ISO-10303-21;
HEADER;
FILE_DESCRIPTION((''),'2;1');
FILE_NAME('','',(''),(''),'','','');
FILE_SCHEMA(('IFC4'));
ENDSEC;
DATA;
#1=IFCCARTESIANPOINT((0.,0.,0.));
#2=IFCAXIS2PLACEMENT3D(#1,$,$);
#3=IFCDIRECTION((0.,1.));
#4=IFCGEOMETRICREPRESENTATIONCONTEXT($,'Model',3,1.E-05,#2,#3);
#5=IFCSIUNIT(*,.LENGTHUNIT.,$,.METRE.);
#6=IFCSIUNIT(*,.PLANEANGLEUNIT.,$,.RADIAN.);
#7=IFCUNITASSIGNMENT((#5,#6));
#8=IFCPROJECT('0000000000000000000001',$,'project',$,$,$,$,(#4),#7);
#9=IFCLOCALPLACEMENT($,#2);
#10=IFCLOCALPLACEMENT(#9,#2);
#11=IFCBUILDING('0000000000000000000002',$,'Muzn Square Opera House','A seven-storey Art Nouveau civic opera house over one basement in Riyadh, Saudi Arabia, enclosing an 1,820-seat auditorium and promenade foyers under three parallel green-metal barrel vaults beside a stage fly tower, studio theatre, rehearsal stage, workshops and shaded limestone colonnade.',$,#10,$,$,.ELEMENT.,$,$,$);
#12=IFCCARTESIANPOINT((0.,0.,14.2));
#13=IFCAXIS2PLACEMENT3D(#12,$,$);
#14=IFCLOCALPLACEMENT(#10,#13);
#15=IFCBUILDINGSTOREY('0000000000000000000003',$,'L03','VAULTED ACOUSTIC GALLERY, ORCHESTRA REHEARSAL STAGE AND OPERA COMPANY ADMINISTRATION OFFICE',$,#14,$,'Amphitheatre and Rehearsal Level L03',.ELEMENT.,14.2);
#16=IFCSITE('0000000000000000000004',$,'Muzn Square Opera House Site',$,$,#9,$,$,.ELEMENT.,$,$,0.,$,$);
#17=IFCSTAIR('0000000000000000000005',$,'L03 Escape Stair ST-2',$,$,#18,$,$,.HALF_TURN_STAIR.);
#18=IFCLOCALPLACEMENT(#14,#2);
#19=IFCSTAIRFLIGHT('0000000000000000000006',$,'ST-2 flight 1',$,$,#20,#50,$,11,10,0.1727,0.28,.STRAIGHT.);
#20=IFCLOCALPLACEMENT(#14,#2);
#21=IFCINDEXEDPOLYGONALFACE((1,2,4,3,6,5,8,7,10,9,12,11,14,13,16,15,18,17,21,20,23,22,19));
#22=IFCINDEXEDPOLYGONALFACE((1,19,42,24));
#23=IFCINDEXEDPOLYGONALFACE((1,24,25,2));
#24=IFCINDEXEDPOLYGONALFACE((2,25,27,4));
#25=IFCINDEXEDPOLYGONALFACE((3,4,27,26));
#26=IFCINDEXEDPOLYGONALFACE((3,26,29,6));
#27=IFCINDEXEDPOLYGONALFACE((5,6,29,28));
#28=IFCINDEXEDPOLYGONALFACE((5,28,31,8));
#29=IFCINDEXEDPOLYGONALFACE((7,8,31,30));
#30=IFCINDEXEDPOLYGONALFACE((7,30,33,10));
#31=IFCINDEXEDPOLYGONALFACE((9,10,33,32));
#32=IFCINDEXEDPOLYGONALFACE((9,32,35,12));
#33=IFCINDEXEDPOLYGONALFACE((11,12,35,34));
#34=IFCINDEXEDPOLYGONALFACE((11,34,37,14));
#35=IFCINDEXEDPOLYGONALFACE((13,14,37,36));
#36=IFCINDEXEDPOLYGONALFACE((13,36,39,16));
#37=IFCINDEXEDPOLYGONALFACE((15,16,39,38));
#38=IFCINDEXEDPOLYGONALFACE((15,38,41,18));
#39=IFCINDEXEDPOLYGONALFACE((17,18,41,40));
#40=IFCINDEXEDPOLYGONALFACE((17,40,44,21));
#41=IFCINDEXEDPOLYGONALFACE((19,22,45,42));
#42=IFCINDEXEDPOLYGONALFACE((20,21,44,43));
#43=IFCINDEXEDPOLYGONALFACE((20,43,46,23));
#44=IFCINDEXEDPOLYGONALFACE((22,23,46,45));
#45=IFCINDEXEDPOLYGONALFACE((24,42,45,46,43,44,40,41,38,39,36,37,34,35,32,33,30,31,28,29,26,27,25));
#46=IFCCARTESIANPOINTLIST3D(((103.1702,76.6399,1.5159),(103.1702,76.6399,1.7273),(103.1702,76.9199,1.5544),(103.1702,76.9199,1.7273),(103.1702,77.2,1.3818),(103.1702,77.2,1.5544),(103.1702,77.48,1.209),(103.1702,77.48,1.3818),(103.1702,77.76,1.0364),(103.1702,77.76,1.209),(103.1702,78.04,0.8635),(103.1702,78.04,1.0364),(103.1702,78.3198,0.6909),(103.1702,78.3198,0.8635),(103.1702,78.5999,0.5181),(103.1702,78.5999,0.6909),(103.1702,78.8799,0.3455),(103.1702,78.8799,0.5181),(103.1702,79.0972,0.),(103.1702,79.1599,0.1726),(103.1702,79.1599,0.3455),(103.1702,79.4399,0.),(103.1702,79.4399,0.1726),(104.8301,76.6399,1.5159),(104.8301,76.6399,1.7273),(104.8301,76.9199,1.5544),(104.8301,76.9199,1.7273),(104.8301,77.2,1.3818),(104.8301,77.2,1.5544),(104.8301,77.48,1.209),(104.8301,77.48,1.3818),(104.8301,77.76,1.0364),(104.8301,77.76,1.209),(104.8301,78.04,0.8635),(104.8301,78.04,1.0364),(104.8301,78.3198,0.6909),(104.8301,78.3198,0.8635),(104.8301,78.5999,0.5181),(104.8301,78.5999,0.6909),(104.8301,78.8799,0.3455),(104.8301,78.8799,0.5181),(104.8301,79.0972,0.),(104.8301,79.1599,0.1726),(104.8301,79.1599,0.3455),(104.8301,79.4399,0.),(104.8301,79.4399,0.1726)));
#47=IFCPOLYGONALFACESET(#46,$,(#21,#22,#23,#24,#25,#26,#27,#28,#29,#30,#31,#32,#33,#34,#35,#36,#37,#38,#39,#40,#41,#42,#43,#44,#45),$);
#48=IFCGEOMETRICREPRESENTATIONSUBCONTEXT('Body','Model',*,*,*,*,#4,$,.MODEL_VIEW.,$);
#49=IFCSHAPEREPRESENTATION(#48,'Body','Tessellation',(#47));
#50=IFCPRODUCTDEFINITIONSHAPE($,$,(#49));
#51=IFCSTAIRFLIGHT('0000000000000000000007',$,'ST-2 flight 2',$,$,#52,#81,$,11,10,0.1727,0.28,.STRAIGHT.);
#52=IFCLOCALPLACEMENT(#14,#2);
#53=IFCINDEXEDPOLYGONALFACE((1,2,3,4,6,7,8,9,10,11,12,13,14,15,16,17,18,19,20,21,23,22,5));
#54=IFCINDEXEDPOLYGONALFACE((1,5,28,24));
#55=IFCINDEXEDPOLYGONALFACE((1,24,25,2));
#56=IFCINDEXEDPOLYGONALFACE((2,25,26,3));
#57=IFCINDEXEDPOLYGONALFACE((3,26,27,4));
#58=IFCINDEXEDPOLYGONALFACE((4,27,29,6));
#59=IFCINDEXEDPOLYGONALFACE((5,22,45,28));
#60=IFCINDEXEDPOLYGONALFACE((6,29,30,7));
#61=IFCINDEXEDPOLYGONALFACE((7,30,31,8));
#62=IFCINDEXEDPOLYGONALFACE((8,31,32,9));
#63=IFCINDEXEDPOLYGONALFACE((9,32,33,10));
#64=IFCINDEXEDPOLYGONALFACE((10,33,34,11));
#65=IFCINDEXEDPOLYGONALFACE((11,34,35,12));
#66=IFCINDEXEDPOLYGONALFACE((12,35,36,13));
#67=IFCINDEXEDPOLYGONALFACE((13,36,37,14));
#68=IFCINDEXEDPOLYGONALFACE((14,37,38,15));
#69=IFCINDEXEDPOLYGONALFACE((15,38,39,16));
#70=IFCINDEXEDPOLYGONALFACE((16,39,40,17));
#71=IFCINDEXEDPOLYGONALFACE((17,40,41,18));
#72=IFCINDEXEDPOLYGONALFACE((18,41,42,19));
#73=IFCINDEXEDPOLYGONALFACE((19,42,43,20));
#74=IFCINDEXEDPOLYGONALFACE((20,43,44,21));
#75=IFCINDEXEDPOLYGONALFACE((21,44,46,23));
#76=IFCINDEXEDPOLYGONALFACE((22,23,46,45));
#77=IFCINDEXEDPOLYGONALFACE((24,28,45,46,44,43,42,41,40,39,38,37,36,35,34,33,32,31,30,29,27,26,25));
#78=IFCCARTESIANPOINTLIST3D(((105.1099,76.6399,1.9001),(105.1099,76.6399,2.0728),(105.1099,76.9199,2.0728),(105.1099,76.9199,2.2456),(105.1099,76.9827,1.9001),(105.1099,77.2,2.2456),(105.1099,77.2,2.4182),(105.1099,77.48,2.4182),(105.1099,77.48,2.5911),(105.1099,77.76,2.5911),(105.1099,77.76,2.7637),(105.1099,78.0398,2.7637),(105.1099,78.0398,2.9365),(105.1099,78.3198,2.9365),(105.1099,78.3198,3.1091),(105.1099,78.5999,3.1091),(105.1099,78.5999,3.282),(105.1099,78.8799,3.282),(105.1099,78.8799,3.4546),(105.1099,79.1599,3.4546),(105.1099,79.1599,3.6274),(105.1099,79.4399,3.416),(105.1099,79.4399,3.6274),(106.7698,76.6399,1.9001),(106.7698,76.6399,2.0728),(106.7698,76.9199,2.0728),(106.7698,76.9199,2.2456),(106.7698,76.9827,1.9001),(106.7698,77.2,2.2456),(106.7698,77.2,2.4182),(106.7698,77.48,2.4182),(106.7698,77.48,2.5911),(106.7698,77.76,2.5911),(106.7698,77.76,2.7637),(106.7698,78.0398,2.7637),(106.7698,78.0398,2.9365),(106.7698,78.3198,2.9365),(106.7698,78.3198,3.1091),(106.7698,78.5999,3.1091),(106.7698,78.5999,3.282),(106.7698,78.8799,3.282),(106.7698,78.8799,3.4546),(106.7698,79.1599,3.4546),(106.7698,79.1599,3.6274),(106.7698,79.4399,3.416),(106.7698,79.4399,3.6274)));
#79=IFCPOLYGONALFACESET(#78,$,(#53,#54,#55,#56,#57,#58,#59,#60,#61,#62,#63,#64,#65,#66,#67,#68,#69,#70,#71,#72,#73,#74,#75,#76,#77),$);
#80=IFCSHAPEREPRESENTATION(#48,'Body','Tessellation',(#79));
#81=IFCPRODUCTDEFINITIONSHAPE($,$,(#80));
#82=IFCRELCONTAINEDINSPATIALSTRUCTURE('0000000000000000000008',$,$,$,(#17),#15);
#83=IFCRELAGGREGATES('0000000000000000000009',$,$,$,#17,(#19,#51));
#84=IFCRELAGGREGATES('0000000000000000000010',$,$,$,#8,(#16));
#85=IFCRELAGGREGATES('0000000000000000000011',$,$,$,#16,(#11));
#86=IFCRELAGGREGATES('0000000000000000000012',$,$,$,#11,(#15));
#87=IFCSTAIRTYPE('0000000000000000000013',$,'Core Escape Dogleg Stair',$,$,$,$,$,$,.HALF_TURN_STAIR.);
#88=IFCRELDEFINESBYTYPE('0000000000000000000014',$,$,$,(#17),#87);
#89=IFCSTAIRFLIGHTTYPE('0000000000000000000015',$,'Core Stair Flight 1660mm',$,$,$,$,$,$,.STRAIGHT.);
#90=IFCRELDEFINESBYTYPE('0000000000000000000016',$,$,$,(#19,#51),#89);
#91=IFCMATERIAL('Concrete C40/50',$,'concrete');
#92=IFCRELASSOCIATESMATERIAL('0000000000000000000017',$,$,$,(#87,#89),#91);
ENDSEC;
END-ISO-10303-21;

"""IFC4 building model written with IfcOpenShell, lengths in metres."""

from ifc_helpers import new_model, si_unit, direction, frame, origin, place, context, subcontext, project, spatial, polyline, outline, extrude, material, type_object, element, aggregate, save


model = new_model("IFC4")

# Units and contexts
model_context = context("Model", 3, precision=1e-05, world=origin(), true_north=direction((0.0, 1.0)))
body_context = subcontext(model_context, "Body", "Model", "MODEL_VIEW")
ifc_project = project(units=[si_unit("LENGTHUNIT", "METRE"), si_unit("PLANEANGLEUNIT", "RADIAN")], contexts=[model_context])

# Site, building, storey
site_placement = place(None, origin())
site = spatial("IfcSite", under=ifc_project, at=site_placement, Name="Muzn Square Opera House Site", CompositionType="ELEMENT", RefElevation=0.0)
building_placement = place(site_placement, origin())
building = spatial("IfcBuilding", under=site, at=building_placement, Name="Muzn Square Opera House", Description="A seven-storey Art Nouveau civic opera house over one basement in Riyadh, Saudi Arabia, enclosing an 1,820-seat auditorium and promenade foyers under three parallel green-metal barrel vaults beside a stage fly tower, studio theatre, rehearsal stage, workshops and shaded limestone colonnade.", CompositionType="ELEMENT")
storey_placement = place(building_placement, frame((0.0, 0.0, 14.2)))
storey = spatial("IfcBuildingStorey", under=building, at=storey_placement, Name="L03", Description="VAULTED ACOUSTIC GALLERY, ORCHESTRA REHEARSAL STAGE AND OPERA COMPANY ADMINISTRATION OFFICE", LongName="Amphitheatre and Rehearsal Level L03", CompositionType="ELEMENT", Elevation=14.2)

# Shared definitions
ifc_material_1 = material(Name="Concrete C40/50", Category="concrete")

# Stair, stair flights
stair_type = type_object("IfcStairType", Name="Core Escape Dogleg Stair", PredefinedType="HALF_TURN_STAIR", material=ifc_material_1)
stair_placement = place(storey_placement, origin())
stair = element("IfcStair", 1, at=stair_placement, inside=storey, type_object=stair_type, Name="L03 Escape Stair ST-2", PredefinedType="HALF_TURN_STAIR")
stair_flight_type = type_object("IfcStairFlightType", Name="Core Stair Flight 1660mm", PredefinedType="STRAIGHT", material=ifc_material_1)
stair_flight_1_placement = place(storey_placement, frame((104.0, 79.4399, 0.0), z_axis=(0.0, 0.0, 1.0), x_axis=(0.0, -1.0, 0.0)))
stair_flight_1 = element("IfcStairFlight", 2, at=stair_flight_1_placement, type_object=stair_flight_type, Name="ST-2 flight 1", NumberOfRisers=11, NumberOfTreads=10, PredefinedType="STRAIGHT", RiserHeight=0.1727, TreadLength=0.28, context=body_context, shape_type="SweptSolid", body=[
    extrude(outline(polyline([(0.0, 0.0), (0.0, 0.1726), (0.28, 0.1726), (0.28, 0.3455), (0.5601, 0.3455), (0.5601, 0.5181), (0.8401, 0.5181), (0.8401, 0.6909), (1.1201, 0.6909), (1.1201, 0.8635), (1.3999, 0.8635), (1.3999, 1.0364), (1.6799, 1.0364), (1.6799, 1.209), (1.96, 1.209), (1.96, 1.3818), (2.24, 1.3818), (2.24, 1.5544), (2.52, 1.5544), (2.52, 1.7273), (2.8, 1.7273), (2.8, 1.8999), (2.8, 1.5159), (0.3428, 0.0), (0.0, 0.0)])), frame((0.0, 0.8301, 0.0), z_axis=(0.0, -1.0, 0.0), x_axis=(1.0, 0.0, 0.0)), (0.0, 0.0, 1.0), 1.6599),
])
stair_flight_2_placement = place(storey_placement, frame((105.9399, 76.6399, 1.9001), z_axis=(0.0, 0.0, 1.0), x_axis=(0.0, 1.0, 0.0)))
stair_flight_2 = element("IfcStairFlight", 3, at=stair_flight_2_placement, type_object=stair_flight_type, Name="ST-2 flight 2", NumberOfRisers=11, NumberOfTreads=10, PredefinedType="STRAIGHT", RiserHeight=0.1727, TreadLength=0.28, context=body_context, shape_type="SweptSolid", body=[
    extrude(outline(polyline([(0.0, 0.0), (0.0, 0.1726), (0.28, 0.1726), (0.28, 0.3455), (0.5601, 0.3455), (0.5601, 0.5181), (0.8401, 0.5181), (0.8401, 0.6909), (1.1201, 0.6909), (1.1201, 0.8635), (1.3999, 0.8635), (1.3999, 1.0364), (1.6799, 1.0364), (1.6799, 1.209), (1.96, 1.209), (1.96, 1.3818), (2.24, 1.3818), (2.24, 1.5544), (2.52, 1.5544), (2.52, 1.7273), (2.8, 1.7273), (2.8, 1.8999), (2.8, 1.5159), (0.3428, 0.0), (0.0, 0.0)])), frame((0.0, 0.8301, 0.0), z_axis=(0.0, -1.0, 0.0), x_axis=(1.0, 0.0, 0.0)), (0.0, 0.0, 1.0), 1.6599),
])
aggregate(stair, [stair_flight_1, stair_flight_2])

save(model, "model.ifc")
